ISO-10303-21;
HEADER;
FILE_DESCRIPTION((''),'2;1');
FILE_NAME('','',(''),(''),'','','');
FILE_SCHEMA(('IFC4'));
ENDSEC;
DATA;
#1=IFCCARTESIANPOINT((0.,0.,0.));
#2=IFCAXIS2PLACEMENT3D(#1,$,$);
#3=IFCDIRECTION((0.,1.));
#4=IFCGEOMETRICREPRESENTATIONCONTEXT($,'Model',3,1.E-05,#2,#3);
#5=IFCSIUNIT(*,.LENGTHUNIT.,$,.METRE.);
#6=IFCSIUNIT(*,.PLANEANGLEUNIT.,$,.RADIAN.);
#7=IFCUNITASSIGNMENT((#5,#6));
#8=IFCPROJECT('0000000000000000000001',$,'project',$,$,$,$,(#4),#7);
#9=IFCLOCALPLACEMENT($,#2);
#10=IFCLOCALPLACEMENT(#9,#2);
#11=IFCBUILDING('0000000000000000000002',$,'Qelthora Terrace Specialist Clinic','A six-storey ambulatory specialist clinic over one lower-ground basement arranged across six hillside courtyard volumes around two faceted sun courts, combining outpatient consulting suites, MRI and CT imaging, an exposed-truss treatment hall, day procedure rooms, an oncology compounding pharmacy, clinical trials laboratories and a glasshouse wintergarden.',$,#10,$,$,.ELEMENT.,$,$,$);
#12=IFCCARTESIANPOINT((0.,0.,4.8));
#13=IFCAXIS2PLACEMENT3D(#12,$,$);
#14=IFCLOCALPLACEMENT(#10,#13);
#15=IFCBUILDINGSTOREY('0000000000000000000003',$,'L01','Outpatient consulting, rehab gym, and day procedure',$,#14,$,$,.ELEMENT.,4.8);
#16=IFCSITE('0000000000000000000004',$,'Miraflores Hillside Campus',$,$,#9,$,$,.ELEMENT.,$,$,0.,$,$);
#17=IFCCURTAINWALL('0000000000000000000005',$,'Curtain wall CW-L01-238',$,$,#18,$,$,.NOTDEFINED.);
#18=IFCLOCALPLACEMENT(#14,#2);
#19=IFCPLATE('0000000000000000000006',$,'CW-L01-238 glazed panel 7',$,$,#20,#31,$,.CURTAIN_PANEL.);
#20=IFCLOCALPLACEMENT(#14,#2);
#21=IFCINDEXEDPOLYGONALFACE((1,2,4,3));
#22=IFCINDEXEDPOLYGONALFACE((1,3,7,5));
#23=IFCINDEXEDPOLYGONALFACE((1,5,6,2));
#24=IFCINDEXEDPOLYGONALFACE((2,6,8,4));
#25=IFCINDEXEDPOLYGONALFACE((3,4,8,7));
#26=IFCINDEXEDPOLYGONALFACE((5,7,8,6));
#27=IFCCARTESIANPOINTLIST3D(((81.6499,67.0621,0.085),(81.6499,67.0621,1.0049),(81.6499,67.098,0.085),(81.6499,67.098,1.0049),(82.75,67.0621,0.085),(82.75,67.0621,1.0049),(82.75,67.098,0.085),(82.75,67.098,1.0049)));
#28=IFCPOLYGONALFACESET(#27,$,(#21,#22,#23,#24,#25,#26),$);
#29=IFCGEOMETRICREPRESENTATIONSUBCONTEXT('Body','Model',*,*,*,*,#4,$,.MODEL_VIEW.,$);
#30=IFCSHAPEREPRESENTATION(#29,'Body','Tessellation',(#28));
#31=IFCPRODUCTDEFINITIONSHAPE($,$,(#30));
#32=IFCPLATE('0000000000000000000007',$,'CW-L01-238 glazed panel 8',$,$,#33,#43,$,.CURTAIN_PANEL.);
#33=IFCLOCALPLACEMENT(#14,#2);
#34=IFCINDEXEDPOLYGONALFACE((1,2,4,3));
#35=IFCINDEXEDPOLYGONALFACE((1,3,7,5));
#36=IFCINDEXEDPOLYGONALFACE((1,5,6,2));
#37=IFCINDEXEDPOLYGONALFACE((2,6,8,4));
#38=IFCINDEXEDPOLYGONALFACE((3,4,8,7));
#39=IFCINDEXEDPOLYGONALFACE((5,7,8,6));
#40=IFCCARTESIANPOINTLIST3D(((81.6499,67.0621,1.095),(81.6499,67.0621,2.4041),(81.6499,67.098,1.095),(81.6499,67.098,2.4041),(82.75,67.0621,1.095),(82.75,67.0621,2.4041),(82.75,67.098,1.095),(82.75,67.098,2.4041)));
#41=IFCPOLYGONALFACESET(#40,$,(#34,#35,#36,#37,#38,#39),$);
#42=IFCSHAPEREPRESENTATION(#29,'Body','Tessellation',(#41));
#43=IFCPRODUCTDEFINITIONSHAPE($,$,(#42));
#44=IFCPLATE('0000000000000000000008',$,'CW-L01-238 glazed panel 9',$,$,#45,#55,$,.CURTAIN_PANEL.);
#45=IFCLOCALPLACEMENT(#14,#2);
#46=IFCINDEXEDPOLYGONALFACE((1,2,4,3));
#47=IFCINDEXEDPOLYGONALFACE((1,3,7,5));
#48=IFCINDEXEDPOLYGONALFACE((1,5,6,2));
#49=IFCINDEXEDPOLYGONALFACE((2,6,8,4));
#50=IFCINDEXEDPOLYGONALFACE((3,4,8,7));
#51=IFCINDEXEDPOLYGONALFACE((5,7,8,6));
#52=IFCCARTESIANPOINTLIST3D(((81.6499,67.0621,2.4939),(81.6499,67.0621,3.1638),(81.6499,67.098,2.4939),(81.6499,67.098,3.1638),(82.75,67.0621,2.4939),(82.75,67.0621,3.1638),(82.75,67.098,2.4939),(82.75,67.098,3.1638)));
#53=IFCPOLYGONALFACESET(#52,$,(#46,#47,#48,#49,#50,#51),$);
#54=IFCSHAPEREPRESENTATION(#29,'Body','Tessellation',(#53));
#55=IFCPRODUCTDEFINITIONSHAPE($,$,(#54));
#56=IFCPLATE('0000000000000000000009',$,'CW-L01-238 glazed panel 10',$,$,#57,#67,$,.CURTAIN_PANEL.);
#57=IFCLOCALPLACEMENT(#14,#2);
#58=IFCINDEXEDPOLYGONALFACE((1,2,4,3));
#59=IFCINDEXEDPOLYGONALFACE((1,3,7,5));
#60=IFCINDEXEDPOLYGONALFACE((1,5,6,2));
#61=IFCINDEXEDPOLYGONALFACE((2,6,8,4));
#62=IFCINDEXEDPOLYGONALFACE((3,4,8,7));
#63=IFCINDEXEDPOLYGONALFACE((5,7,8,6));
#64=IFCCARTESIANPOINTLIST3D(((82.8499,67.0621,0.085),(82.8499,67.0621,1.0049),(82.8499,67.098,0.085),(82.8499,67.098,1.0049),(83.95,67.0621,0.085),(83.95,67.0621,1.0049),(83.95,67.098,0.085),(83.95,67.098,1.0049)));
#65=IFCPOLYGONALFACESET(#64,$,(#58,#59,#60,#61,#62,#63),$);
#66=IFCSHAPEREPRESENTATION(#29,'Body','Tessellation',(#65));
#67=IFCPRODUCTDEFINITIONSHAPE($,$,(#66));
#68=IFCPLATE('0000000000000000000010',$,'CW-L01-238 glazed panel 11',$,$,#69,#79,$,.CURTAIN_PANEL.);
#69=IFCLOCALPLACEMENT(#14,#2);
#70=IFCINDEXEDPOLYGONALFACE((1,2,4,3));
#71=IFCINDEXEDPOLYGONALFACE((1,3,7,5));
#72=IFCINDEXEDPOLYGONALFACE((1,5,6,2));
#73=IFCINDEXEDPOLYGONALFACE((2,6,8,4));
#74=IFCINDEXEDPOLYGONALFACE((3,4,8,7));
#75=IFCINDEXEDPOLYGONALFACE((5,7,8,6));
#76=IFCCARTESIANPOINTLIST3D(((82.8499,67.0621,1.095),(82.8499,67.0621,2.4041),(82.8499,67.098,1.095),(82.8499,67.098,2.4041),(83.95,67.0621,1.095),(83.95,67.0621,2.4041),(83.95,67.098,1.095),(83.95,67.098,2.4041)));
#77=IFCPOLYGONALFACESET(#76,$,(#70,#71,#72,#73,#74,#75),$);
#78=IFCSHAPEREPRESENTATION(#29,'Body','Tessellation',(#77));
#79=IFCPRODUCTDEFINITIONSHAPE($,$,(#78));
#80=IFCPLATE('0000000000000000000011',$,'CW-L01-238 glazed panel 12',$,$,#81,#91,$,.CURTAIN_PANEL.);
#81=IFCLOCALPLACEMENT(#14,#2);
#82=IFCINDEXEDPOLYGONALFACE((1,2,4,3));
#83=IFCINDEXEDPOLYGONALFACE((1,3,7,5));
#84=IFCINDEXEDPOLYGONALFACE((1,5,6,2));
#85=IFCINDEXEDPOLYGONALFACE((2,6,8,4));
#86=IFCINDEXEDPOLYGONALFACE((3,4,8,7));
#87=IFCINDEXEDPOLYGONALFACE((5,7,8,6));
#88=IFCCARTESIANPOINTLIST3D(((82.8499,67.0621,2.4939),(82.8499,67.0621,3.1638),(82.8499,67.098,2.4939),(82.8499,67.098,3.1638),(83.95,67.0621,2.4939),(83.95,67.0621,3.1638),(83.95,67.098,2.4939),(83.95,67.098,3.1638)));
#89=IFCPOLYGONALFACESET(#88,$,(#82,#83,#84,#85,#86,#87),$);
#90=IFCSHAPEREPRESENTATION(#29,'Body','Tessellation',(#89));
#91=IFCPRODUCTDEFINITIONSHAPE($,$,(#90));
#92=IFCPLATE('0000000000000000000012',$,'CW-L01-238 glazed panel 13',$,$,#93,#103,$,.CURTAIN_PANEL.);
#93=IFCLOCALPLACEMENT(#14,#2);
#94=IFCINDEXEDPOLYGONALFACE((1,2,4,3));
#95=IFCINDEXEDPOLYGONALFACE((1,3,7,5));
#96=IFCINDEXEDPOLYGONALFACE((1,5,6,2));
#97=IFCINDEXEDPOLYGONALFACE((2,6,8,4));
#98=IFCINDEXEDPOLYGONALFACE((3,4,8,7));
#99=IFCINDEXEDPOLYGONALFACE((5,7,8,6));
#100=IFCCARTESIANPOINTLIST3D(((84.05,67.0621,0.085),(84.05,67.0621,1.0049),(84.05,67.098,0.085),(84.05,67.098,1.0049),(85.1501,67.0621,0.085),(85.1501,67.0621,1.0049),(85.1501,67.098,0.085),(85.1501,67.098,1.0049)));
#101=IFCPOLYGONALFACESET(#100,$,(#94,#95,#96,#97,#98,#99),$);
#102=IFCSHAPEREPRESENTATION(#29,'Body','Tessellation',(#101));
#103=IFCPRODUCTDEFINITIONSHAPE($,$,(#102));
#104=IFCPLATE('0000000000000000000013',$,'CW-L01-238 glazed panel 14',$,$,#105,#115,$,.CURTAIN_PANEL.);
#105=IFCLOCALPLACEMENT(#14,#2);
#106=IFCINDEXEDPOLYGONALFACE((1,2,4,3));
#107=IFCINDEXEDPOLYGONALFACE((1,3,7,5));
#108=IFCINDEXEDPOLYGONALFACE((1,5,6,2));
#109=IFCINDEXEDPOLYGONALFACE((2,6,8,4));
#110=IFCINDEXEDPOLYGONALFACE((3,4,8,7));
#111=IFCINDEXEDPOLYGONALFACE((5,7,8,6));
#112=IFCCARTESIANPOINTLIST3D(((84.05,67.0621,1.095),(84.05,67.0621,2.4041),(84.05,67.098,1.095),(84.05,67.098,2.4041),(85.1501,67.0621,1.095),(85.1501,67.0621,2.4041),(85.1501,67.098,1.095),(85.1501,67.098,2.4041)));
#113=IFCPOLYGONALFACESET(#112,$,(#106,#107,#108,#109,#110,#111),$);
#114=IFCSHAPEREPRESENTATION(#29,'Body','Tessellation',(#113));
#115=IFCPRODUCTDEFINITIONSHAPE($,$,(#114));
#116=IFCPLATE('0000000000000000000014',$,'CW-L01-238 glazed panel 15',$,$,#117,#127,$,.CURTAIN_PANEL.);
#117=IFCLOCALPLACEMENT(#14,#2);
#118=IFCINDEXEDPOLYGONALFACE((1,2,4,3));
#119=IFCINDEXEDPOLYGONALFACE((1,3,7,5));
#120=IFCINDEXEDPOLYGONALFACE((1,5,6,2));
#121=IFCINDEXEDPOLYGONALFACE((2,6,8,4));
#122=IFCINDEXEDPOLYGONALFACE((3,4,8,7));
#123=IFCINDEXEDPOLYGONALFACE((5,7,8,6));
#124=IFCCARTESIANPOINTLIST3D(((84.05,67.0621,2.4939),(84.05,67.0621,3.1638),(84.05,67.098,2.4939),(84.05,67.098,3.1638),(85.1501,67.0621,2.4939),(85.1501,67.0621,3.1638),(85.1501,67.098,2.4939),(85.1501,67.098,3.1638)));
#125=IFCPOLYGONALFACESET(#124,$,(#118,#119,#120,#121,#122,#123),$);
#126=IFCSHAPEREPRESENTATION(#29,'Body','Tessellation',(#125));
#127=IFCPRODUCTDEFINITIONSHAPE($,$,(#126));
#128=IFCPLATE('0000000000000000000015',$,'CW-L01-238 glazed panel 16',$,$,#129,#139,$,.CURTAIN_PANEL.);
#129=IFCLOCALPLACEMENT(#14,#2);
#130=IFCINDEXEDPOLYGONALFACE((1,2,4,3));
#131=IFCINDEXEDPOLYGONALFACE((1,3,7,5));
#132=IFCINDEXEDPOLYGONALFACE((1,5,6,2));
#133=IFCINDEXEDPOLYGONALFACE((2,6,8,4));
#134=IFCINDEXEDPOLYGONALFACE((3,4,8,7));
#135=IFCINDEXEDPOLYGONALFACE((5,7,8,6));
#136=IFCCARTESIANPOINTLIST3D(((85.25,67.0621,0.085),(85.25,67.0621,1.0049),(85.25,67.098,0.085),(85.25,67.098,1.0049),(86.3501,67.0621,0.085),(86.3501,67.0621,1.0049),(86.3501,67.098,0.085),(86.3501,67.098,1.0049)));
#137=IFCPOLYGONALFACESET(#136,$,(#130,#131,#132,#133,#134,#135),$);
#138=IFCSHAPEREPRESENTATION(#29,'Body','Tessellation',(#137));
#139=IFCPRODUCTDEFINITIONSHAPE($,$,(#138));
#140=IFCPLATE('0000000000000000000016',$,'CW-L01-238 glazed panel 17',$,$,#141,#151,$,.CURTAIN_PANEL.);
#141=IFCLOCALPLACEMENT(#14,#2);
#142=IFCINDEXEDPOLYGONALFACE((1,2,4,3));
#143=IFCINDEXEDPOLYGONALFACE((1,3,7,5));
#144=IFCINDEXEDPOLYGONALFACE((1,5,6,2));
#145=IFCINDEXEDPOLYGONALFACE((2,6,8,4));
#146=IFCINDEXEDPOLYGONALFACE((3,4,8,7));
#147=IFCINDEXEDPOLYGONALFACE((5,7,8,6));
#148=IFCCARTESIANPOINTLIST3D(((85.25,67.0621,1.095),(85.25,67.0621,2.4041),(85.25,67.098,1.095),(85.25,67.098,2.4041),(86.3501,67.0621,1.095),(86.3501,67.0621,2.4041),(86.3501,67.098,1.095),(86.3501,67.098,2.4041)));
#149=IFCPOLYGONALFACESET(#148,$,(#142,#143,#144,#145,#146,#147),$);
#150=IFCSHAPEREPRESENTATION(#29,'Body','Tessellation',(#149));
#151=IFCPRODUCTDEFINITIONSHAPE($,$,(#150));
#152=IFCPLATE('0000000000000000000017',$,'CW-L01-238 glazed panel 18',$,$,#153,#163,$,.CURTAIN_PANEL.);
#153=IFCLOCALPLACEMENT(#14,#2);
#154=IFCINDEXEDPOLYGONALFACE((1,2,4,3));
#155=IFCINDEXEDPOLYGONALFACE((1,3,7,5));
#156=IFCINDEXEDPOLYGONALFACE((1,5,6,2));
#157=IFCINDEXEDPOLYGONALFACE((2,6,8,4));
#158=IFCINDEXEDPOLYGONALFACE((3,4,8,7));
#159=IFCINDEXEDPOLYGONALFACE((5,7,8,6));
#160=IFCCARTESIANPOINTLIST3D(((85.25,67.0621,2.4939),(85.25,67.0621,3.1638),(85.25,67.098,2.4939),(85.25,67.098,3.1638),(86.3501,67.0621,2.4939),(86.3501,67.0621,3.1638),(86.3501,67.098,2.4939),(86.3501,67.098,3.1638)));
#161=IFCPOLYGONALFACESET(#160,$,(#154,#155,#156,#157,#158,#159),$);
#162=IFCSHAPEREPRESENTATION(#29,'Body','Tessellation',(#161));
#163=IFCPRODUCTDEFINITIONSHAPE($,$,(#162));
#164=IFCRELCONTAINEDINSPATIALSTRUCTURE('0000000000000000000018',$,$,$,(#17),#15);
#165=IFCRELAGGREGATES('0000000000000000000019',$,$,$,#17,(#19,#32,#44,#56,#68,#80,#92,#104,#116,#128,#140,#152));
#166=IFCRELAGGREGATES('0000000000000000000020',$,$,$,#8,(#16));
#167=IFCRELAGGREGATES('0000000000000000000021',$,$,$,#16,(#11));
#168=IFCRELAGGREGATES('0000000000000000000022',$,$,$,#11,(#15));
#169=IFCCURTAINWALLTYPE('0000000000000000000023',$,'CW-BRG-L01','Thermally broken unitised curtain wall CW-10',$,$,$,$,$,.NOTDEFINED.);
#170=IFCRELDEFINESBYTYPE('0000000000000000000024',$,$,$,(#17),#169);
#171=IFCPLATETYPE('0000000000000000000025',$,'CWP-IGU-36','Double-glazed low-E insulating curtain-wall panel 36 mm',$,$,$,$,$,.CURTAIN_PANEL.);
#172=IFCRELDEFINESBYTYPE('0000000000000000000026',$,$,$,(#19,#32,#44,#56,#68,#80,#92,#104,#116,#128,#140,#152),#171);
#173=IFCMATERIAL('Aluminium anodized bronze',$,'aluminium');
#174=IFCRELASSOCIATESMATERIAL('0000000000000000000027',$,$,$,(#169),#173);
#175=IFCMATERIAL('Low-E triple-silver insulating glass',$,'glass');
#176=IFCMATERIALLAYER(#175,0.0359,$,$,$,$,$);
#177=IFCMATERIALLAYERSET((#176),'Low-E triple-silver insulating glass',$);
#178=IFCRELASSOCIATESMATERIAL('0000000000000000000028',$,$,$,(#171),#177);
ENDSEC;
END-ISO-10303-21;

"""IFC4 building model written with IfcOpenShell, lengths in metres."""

from ifc_helpers import new_model, si_unit, direction, frame, origin, origin_2d, place, context, subcontext, project, spatial, rectangle, extrude, material, layer, layer_set, type_object, element, aggregate, save


model = new_model("IFC4")

# Units and contexts
model_context = context("Model", 3, precision=1e-05, world=origin(), true_north=direction((0.0, 1.0)))
body_context = subcontext(model_context, "Body", "Model", "MODEL_VIEW")
ifc_project = project(units=[si_unit("LENGTHUNIT", "METRE"), si_unit("PLANEANGLEUNIT", "RADIAN")], contexts=[model_context])

# Site, building, storey
site_placement = place(None, origin())
site = spatial("IfcSite", under=ifc_project, at=site_placement, Name="Miraflores Hillside Campus", CompositionType="ELEMENT", RefElevation=0.0)
building_placement = place(site_placement, origin())
building = spatial("IfcBuilding", under=site, at=building_placement, Name="Qelthora Terrace Specialist Clinic", Description="A six-storey ambulatory specialist clinic over one lower-ground basement arranged across six hillside courtyard volumes around two faceted sun courts, combining outpatient consulting suites, MRI and CT imaging, an exposed-truss treatment hall, day procedure rooms, an oncology compounding pharmacy, clinical trials laboratories and a glasshouse wintergarden.", CompositionType="ELEMENT")
storey_placement = place(building_placement, frame((0.0, 0.0, 4.8)))
storey = spatial("IfcBuildingStorey", under=building, at=storey_placement, Name="L01", Description="Outpatient consulting, rehab gym, and day procedure", CompositionType="ELEMENT", Elevation=4.8)

# Curtain wall
ifc_material_1 = material(Name="Aluminium anodized bronze", Category="aluminium")
curtain_wall_type = type_object("IfcCurtainWallType", Name="CW-BRG-L01", Description="Thermally broken unitised curtain wall CW-10", PredefinedType="NOTDEFINED", material=ifc_material_1)
curtain_wall_1_placement = place(storey_placement, origin())
curtain_wall_1 = element("IfcCurtainWall", 1, at=curtain_wall_1_placement, inside=storey, type_object=curtain_wall_type, Name="Curtain wall CW-L01-238", PredefinedType="NOTDEFINED")

# Plates
ifc_material_2 = material(Name="Low-E triple-silver insulating glass", Category="glass")
ifc_layer = layer(ifc_material_2, 0.0359)
ifc_layer_set = layer_set([ifc_layer], Name="Low-E triple-silver insulating glass")
plate_type = type_object("IfcPlateType", Name="CWP-IGU-36", Description="Double-glazed low-E insulating curtain-wall panel 36 mm", PredefinedType="CURTAIN_PANEL", material=ifc_layer_set)
plate_1_placement = place(storey_placement, frame((82.2, 67.0801, 0.085), z_axis=(0.0, 0.0, 1.0), x_axis=(1.0, 0.0, 0.0)))
plate_1 = element("IfcPlate", 2, at=plate_1_placement, type_object=plate_type, Name="CW-L01-238 glazed panel 7", PredefinedType="CURTAIN_PANEL", context=body_context, shape_type="SweptSolid", body=[
    extrude(rectangle(XDim=1.1001, YDim=0.0359, at=origin_2d()), origin(), (0.0, 0.0, 1.0), 0.9199),
])
plate_2_placement = place(storey_placement, frame((82.2, 67.0801, 1.095), z_axis=(0.0, 0.0, 1.0), x_axis=(1.0, 0.0, 0.0)))
plate_2 = element("IfcPlate", 3, at=plate_2_placement, type_object=plate_type, Name="CW-L01-238 glazed panel 8", PredefinedType="CURTAIN_PANEL", context=body_context, shape_type="SweptSolid", body=[
    extrude(rectangle(XDim=1.1001, YDim=0.0359, at=origin_2d()), origin(), (0.0, 0.0, 1.0), 1.3091),
])
plate_3_placement = place(storey_placement, frame((82.2, 67.0801, 2.4939), z_axis=(0.0, 0.0, 1.0), x_axis=(1.0, 0.0, 0.0)))
plate_3 = element("IfcPlate", 4, at=plate_3_placement, type_object=plate_type, Name="CW-L01-238 glazed panel 9", PredefinedType="CURTAIN_PANEL", context=body_context, shape_type="SweptSolid", body=[
    extrude(rectangle(XDim=1.1001, YDim=0.0359, at=origin_2d()), origin(), (0.0, 0.0, 1.0), 0.6699),
])
plate_4_placement = place(storey_placement, frame((83.3999, 67.0801, 0.085), z_axis=(0.0, 0.0, 1.0), x_axis=(1.0, 0.0, 0.0)))
plate_4 = element("IfcPlate", 5, at=plate_4_placement, type_object=plate_type, Name="CW-L01-238 glazed panel 10", PredefinedType="CURTAIN_PANEL", context=body_context, shape_type="SweptSolid", body=[
    extrude(rectangle(XDim=1.1001, YDim=0.0359, at=origin_2d()), origin(), (0.0, 0.0, 1.0), 0.9199),
])
plate_5_placement = place(storey_placement, frame((83.3999, 67.0801, 1.095), z_axis=(0.0, 0.0, 1.0), x_axis=(1.0, 0.0, 0.0)))
plate_5 = element("IfcPlate", 6, at=plate_5_placement, type_object=plate_type, Name="CW-L01-238 glazed panel 11", PredefinedType="CURTAIN_PANEL", context=body_context, shape_type="SweptSolid", body=[
    extrude(rectangle(XDim=1.1001, YDim=0.0359, at=origin_2d()), origin(), (0.0, 0.0, 1.0), 1.3091),
])
plate_6_placement = place(storey_placement, frame((83.3999, 67.0801, 2.4939), z_axis=(0.0, 0.0, 1.0), x_axis=(1.0, 0.0, 0.0)))
plate_6 = element("IfcPlate", 7, at=plate_6_placement, type_object=plate_type, Name="CW-L01-238 glazed panel 12", PredefinedType="CURTAIN_PANEL", context=body_context, shape_type="SweptSolid", body=[
    extrude(rectangle(XDim=1.1001, YDim=0.0359, at=origin_2d()), origin(), (0.0, 0.0, 1.0), 0.6699),
])
plate_7_placement = place(storey_placement, frame((84.6001, 67.0801, 0.085), z_axis=(0.0, 0.0, 1.0), x_axis=(1.0, 0.0, 0.0)))
plate_7 = element("IfcPlate", 8, at=plate_7_placement, type_object=plate_type, Name="CW-L01-238 glazed panel 13", PredefinedType="CURTAIN_PANEL", context=body_context, shape_type="SweptSolid", body=[
    extrude(rectangle(XDim=1.1001, YDim=0.0359, at=origin_2d()), origin(), (0.0, 0.0, 1.0), 0.9199),
])
plate_8_placement = place(storey_placement, frame((84.6001, 67.0801, 1.095), z_axis=(0.0, 0.0, 1.0), x_axis=(1.0, 0.0, 0.0)))
plate_8 = element("IfcPlate", 9, at=plate_8_placement, type_object=plate_type, Name="CW-L01-238 glazed panel 14", PredefinedType="CURTAIN_PANEL", context=body_context, shape_type="SweptSolid", body=[
    extrude(rectangle(XDim=1.1001, YDim=0.0359, at=origin_2d()), origin(), (0.0, 0.0, 1.0), 1.3091),
])
plate_9_placement = place(storey_placement, frame((84.6001, 67.0801, 2.4939), z_axis=(0.0, 0.0, 1.0), x_axis=(1.0, 0.0, 0.0)))
plate_9 = element("IfcPlate", 10, at=plate_9_placement, type_object=plate_type, Name="CW-L01-238 glazed panel 15", PredefinedType="CURTAIN_PANEL", context=body_context, shape_type="SweptSolid", body=[
    extrude(rectangle(XDim=1.1001, YDim=0.0359, at=origin_2d()), origin(), (0.0, 0.0, 1.0), 0.6699),
])
plate_10_placement = place(storey_placement, frame((85.8, 67.0801, 0.085), z_axis=(0.0, 0.0, 1.0), x_axis=(1.0, 0.0, 0.0)))
plate_10 = element("IfcPlate", 11, at=plate_10_placement, type_object=plate_type, Name="CW-L01-238 glazed panel 16", PredefinedType="CURTAIN_PANEL", context=body_context, shape_type="SweptSolid", body=[
    extrude(rectangle(XDim=1.1001, YDim=0.0359, at=origin_2d()), origin(), (0.0, 0.0, 1.0), 0.9199),
])
plate_11_placement = place(storey_placement, frame((85.8, 67.0801, 1.095), z_axis=(0.0, 0.0, 1.0), x_axis=(1.0, 0.0, 0.0)))
plate_11 = element("IfcPlate", 12, at=plate_11_placement, type_object=plate_type, Name="CW-L01-238 glazed panel 17", PredefinedType="CURTAIN_PANEL", context=body_context, shape_type="SweptSolid", body=[
    extrude(rectangle(XDim=1.1001, YDim=0.0359, at=origin_2d()), origin(), (0.0, 0.0, 1.0), 1.3091),
])
plate_12_placement = place(storey_placement, frame((85.8, 67.0801, 2.4939), z_axis=(0.0, 0.0, 1.0), x_axis=(1.0, 0.0, 0.0)))
plate_12 = element("IfcPlate", 13, at=plate_12_placement, type_object=plate_type, Name="CW-L01-238 glazed panel 18", PredefinedType="CURTAIN_PANEL", context=body_context, shape_type="SweptSolid", body=[
    extrude(rectangle(XDim=1.1001, YDim=0.0359, at=origin_2d()), origin(), (0.0, 0.0, 1.0), 0.6699),
])
aggregate(curtain_wall_1, [plate_1, plate_2, plate_3, plate_4, plate_5, plate_6, plate_7, plate_8, plate_9, plate_10, plate_11, plate_12])

save(model, "model.ifc")
